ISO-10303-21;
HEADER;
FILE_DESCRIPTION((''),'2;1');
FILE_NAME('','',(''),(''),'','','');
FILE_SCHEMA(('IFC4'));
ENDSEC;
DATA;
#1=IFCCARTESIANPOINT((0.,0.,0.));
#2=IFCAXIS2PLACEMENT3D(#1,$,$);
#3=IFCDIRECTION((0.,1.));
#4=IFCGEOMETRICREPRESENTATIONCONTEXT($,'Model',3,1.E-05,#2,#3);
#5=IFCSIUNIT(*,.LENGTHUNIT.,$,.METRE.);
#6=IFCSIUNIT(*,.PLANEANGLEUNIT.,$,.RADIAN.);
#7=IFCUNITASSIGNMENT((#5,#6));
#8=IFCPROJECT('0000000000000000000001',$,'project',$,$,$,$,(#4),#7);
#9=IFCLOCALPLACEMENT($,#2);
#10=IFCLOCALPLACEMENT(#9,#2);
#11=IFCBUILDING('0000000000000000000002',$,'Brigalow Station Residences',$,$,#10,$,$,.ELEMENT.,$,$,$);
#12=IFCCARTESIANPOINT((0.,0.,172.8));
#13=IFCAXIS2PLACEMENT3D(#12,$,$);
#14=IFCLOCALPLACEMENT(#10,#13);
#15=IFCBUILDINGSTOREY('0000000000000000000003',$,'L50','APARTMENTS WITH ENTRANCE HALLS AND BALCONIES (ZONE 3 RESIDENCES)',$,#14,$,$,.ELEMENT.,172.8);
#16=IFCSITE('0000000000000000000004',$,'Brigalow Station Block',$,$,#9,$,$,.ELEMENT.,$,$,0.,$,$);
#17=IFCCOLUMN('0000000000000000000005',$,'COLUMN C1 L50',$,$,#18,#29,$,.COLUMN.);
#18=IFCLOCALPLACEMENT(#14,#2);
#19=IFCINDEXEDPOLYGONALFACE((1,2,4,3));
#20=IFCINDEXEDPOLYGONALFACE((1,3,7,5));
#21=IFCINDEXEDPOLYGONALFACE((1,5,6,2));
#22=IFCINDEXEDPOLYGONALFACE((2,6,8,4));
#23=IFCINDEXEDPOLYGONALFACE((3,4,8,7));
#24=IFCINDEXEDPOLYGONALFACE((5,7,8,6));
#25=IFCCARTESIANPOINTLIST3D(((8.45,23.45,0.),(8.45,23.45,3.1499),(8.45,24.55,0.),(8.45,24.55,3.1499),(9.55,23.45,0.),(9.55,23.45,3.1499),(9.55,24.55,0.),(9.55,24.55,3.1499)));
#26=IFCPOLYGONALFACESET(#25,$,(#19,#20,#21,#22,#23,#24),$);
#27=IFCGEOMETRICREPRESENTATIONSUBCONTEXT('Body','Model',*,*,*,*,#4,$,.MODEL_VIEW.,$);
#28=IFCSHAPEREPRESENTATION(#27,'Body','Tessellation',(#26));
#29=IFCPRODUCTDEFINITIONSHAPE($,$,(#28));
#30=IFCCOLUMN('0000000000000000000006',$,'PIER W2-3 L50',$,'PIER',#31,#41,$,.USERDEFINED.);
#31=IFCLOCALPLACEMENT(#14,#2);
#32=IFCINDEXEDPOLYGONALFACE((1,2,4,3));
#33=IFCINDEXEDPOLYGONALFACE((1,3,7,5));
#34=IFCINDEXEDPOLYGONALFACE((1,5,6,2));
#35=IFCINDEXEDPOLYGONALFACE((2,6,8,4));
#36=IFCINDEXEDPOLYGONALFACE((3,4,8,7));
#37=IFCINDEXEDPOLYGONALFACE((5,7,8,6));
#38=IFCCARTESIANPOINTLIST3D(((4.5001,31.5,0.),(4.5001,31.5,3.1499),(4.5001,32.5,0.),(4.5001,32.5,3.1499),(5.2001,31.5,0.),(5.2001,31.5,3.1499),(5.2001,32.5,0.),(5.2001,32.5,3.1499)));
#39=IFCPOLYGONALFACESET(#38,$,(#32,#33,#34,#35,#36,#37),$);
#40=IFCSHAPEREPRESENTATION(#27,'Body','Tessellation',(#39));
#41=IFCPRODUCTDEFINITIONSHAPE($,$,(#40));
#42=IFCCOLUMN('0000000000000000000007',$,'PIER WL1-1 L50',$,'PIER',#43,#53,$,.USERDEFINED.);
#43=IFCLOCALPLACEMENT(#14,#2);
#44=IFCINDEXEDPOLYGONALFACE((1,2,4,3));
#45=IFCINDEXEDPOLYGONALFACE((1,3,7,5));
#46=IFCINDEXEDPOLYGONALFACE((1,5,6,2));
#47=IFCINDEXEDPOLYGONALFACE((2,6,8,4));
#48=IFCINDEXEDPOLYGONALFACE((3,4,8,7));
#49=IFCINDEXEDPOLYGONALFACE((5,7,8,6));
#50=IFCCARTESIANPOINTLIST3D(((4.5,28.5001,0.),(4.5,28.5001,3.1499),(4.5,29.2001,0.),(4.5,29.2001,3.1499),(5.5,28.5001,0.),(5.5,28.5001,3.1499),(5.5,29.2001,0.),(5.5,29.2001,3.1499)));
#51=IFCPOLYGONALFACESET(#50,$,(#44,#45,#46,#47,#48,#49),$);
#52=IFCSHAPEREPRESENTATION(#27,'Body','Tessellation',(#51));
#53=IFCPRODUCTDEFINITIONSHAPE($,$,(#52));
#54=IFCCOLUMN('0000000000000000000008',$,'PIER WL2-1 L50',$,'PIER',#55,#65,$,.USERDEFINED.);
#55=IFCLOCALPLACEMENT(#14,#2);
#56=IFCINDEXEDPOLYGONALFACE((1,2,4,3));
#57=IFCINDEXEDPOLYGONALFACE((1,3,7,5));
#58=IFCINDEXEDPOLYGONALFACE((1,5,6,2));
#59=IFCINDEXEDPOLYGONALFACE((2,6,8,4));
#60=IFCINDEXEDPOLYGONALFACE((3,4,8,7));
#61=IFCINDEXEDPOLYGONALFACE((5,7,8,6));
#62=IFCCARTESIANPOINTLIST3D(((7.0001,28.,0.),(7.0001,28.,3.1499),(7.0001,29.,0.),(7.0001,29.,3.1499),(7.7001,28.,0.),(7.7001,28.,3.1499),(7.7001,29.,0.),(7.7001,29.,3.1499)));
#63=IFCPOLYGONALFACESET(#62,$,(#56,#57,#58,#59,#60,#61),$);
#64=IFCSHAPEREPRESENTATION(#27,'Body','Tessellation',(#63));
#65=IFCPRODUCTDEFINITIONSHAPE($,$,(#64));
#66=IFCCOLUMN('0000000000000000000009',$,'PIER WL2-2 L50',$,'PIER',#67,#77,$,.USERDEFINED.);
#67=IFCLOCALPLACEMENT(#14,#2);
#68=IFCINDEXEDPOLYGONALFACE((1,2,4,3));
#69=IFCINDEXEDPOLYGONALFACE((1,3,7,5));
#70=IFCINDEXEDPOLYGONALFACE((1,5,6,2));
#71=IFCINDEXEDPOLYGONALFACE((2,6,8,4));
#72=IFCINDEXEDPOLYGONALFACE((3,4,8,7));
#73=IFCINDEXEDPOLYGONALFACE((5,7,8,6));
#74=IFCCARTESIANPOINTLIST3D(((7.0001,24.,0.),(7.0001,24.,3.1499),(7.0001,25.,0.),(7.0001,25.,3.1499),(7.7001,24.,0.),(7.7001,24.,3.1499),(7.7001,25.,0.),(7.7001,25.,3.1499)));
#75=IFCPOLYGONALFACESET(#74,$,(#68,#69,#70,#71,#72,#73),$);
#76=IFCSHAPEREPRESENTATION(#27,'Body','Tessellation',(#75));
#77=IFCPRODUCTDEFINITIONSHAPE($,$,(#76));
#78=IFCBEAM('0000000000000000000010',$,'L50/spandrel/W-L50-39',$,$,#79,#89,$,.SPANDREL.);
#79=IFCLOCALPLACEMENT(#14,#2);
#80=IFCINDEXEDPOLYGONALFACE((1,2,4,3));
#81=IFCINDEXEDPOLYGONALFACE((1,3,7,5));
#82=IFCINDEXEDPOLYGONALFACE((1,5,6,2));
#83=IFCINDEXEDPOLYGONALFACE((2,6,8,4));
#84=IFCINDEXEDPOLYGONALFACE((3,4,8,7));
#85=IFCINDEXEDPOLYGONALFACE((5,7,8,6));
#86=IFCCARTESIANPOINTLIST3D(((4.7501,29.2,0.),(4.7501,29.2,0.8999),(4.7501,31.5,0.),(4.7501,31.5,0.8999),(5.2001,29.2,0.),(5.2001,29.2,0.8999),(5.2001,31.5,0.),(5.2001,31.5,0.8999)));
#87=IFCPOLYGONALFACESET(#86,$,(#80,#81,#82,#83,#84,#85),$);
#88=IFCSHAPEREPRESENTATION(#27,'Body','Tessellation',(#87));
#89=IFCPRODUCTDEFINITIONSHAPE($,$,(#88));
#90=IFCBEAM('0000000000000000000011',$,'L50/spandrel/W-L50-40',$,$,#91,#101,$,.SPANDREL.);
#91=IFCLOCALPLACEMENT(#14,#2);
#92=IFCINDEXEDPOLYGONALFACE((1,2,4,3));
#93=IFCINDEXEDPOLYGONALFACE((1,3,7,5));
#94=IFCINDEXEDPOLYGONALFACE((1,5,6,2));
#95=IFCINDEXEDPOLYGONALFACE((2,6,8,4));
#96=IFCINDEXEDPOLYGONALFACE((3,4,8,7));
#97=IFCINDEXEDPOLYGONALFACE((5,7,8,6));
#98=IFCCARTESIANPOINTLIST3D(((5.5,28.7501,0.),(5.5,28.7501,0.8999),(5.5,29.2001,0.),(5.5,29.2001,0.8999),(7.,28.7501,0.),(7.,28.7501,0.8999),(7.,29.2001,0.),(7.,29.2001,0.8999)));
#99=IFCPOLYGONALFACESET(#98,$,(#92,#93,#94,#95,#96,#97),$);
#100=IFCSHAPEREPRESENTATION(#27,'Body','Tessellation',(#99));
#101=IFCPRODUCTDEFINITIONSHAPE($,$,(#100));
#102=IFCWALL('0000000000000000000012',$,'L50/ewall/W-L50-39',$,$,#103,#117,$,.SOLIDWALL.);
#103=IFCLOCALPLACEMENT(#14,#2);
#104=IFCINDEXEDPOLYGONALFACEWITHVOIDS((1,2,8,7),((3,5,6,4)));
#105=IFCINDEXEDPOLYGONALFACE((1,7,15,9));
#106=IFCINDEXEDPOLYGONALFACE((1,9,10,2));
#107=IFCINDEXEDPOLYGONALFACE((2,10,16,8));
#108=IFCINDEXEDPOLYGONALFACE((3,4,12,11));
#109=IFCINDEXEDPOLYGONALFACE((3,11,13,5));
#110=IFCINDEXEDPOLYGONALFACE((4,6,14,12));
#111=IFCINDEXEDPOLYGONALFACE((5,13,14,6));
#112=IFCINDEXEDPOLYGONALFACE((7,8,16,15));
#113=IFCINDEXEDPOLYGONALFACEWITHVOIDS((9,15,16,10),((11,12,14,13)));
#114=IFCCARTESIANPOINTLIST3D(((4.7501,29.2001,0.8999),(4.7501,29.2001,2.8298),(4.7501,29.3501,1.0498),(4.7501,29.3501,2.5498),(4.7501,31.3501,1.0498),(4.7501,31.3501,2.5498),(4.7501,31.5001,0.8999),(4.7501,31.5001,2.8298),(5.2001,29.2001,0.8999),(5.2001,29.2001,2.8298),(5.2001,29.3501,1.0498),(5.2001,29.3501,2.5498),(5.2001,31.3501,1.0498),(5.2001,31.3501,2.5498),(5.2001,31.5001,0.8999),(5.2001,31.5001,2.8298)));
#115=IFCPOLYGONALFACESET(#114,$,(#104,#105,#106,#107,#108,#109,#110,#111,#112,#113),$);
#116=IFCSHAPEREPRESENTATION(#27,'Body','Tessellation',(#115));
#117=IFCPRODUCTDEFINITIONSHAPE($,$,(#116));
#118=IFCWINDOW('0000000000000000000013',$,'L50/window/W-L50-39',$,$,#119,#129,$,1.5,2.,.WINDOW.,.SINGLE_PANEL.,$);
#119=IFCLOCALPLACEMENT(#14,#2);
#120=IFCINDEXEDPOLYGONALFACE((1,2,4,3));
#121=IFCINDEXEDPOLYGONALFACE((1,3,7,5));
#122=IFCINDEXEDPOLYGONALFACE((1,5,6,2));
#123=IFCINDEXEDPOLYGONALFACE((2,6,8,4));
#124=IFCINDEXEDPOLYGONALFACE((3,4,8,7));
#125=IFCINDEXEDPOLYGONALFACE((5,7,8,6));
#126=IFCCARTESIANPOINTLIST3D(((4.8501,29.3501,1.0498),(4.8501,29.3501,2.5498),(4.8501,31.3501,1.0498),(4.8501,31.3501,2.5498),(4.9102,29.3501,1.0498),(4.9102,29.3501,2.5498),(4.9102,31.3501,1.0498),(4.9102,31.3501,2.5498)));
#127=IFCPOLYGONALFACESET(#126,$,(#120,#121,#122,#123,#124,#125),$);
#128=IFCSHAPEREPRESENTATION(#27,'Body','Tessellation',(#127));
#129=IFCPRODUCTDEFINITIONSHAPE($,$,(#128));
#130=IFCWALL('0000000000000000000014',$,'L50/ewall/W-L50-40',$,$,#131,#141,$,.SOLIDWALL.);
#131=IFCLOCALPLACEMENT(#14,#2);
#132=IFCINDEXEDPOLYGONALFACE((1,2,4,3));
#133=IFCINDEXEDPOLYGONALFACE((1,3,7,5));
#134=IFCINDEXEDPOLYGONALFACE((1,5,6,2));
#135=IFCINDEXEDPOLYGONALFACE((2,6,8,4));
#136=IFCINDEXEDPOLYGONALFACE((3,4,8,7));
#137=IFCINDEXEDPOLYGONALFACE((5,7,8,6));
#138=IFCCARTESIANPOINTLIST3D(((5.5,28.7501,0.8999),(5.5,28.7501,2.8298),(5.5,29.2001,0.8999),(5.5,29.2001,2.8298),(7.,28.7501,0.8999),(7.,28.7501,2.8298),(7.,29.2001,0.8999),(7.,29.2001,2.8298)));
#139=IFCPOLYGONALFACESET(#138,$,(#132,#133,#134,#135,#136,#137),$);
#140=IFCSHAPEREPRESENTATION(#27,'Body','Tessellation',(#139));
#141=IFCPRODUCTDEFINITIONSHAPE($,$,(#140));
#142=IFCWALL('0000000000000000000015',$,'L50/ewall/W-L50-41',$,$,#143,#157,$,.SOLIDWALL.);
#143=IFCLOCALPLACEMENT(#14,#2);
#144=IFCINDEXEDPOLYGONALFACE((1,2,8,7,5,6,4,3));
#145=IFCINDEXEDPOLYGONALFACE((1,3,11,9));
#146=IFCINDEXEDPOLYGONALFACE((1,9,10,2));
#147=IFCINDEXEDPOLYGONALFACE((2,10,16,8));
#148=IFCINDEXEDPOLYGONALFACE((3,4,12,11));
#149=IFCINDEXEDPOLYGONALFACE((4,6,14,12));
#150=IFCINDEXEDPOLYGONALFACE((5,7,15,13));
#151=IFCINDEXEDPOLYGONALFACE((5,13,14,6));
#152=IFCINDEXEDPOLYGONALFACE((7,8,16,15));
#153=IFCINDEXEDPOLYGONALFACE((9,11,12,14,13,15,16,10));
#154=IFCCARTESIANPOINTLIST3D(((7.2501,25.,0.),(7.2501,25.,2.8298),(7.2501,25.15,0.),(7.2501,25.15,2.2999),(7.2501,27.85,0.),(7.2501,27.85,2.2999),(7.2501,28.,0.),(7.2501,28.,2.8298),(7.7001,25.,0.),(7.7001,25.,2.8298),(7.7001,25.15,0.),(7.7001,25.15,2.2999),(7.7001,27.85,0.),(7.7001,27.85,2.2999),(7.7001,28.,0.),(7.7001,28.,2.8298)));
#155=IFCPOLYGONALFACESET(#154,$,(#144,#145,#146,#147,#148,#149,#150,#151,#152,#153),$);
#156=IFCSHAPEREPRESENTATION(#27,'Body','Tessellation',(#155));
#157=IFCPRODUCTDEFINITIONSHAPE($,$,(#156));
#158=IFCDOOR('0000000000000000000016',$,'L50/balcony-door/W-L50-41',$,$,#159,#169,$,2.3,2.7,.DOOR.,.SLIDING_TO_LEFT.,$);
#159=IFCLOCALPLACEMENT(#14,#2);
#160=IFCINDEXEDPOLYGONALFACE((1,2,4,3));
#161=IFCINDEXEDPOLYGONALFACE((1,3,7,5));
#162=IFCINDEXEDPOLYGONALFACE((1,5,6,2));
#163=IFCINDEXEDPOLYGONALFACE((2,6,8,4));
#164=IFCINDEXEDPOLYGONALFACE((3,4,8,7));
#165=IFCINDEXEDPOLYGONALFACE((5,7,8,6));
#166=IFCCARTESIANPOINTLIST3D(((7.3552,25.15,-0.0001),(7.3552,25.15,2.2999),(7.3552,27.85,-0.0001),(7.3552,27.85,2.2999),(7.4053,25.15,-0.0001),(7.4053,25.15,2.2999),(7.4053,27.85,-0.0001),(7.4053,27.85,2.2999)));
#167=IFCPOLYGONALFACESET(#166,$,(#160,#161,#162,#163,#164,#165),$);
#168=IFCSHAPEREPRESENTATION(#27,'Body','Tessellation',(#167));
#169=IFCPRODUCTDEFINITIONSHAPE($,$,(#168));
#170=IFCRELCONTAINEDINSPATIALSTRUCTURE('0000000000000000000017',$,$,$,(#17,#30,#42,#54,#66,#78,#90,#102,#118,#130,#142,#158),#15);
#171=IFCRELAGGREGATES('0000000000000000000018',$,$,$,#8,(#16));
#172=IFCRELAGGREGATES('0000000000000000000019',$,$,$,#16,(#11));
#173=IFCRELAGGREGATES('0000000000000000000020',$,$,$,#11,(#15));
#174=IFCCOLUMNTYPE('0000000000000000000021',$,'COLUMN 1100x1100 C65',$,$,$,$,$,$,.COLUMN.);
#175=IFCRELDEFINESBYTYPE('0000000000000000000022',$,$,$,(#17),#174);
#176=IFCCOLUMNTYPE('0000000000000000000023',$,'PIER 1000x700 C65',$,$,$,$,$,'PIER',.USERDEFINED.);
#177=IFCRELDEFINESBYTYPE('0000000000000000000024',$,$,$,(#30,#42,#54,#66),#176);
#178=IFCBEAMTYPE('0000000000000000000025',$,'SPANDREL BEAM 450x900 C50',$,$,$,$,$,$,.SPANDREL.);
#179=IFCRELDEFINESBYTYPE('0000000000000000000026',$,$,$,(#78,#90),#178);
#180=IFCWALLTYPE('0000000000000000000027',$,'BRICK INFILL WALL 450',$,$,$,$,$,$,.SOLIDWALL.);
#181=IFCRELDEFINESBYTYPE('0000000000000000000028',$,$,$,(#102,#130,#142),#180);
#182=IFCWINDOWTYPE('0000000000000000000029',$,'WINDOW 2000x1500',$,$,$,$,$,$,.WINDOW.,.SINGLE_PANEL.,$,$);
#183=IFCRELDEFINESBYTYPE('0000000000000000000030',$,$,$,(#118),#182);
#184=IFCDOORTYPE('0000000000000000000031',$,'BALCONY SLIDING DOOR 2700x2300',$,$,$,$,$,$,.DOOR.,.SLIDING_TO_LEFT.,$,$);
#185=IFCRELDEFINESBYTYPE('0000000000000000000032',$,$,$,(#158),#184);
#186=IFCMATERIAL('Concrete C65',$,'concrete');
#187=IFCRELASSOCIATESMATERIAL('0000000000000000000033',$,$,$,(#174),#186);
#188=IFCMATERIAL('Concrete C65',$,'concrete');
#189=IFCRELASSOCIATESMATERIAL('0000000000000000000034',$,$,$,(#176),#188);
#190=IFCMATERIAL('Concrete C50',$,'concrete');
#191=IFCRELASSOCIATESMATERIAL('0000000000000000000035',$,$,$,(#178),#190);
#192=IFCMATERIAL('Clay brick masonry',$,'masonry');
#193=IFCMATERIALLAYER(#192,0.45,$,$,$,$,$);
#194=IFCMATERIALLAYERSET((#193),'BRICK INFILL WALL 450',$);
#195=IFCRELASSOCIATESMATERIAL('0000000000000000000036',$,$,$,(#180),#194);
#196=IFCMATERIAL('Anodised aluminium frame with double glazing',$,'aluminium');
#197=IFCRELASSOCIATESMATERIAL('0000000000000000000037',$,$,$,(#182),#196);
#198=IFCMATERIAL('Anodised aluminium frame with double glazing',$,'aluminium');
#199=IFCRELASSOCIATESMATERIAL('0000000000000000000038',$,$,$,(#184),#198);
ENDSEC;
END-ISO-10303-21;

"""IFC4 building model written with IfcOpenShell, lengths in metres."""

from ifc_helpers import new_model, si_unit, direction, frame, frame_2d, origin, origin_2d, place, context, subcontext, project, spatial, rectangle, extrude, material, layer, layer_set, material_profile, profile_set, type_object, element, fill, save


model = new_model("IFC4")

# Units and contexts
model_context = context("Model", 3, precision=1e-05, world=origin(), true_north=direction((0.0, 1.0)))
body_context = subcontext(model_context, "Body", "Model", "MODEL_VIEW")
ifc_project = project(units=[si_unit("LENGTHUNIT", "METRE"), si_unit("PLANEANGLEUNIT", "RADIAN")], contexts=[model_context])

# Site, building, storey
site_placement = place(None, origin())
site = spatial("IfcSite", under=ifc_project, at=site_placement, Name="Brigalow Station Block", CompositionType="ELEMENT", RefElevation=0.0)
building_placement = place(site_placement, origin())
building = spatial("IfcBuilding", under=site, at=building_placement, Name="Brigalow Station Residences", CompositionType="ELEMENT")
storey_placement = place(building_placement, frame((0.0, 0.0, 172.8)))
storey = spatial("IfcBuildingStorey", under=building, at=storey_placement, Name="L50", Description="APARTMENTS WITH ENTRANCE HALLS AND BALCONIES (ZONE 3 RESIDENCES)", CompositionType="ELEMENT", Elevation=172.8)

# Columns
ifc_material_1 = material(Name="Concrete C65", Category="concrete")
ifc_material_profile_1 = material_profile(ifc_material_1, rectangle(XDim=1.1001, YDim=1.1001, at=origin_2d()), Name="RC1100x1100")
ifc_profile_set_1 = profile_set([ifc_material_profile_1], Name="Concrete C65")
column_type_1 = type_object("IfcColumnType", Name="COLUMN 1100x1100 C65", PredefinedType="COLUMN", material=ifc_profile_set_1)
column_placement = place(storey_placement, frame((9.0, 24.0, 0.0), z_axis=(0.0, 0.0, 1.0), x_axis=(1.0, 0.0, 0.0)))
element("IfcColumn", 1, at=column_placement, inside=storey, type_object=column_type_1, Name="COLUMN C1 L50", PredefinedType="COLUMN", context=body_context, shape_type="SweptSolid", body=[
    extrude(rectangle(XDim=1.1001, YDim=1.1001, at=origin_2d()), origin(), (0.0, 0.0, 1.0), 3.1499),
])
ifc_material_2 = material(Name="Concrete C65", Category="concrete")
ifc_material_profile_2 = material_profile(ifc_material_2, rectangle(XDim=1.0, YDim=0.7, at=origin_2d()), Name="RC1000x700")
ifc_profile_set_2 = profile_set([ifc_material_profile_2], Name="Concrete C65")
column_type_2 = type_object("IfcColumnType", Name="PIER 1000x700 C65", ElementType="PIER", PredefinedType="USERDEFINED", material=ifc_profile_set_2)
for number, where, z_axis, x_axis, name in (
    (2, (4.8501, 32.0, 0.0), (0.0, 0.0, 1.0), (0.0, -1.0, 0.0), "PIER W2-3 L50"),
    (3, (5.0, 28.8501, 0.0), (0.0, 0.0, 1.0), (1.0, 0.0, 0.0), "PIER WL1-1 L50"),
    (4, (7.3501, 28.5, 0.0), (0.0, 0.0, 1.0), (0.0, -1.0, 0.0), "PIER WL2-1 L50"),
    (5, (7.3501, 24.5, 0.0), (0.0, 0.0, 1.0), (0.0, -1.0, 0.0), "PIER WL2-2 L50"),
):
    element("IfcColumn", number, at=place(storey_placement, frame(where, z_axis=z_axis, x_axis=x_axis)), inside=storey, type_object=column_type_2, Name=name, ObjectType="PIER", PredefinedType="USERDEFINED", context=body_context, shape_type="SweptSolid", body=[
        extrude(rectangle(XDim=1.0, YDim=0.7, at=origin_2d()), origin(), (0.0, 0.0, 1.0), 3.1499),
    ])

# Beams
ifc_material_3 = material(Name="Concrete C50", Category="concrete")
ifc_material_profile_3 = material_profile(ifc_material_3, rectangle(XDim=0.45, YDim=0.8999, at=origin_2d()), Name="RC450x900")
ifc_profile_set_3 = profile_set([ifc_material_profile_3], Name="Concrete C50")
beam_type = type_object("IfcBeamType", Name="SPANDREL BEAM 450x900 C50", PredefinedType="SPANDREL", material=ifc_profile_set_3)
beam_1_placement = place(storey_placement, frame((4.9751, 31.5, 0.45), z_axis=(0.0, -1.0, 0.0), x_axis=(1.0, 0.0, 0.0)))
element("IfcBeam", 6, at=beam_1_placement, inside=storey, type_object=beam_type, Name="L50/spandrel/W-L50-39", PredefinedType="SPANDREL", context=body_context, shape_type="SweptSolid", body=[
    extrude(rectangle(XDim=0.45, YDim=0.8999, at=origin_2d()), origin(), (0.0, 0.0, 1.0), 2.3),
])
beam_2_placement = place(storey_placement, frame((5.5, 28.9751, 0.45), z_axis=(1.0, 0.0, 0.0), x_axis=(0.0, 1.0, 0.0)))
element("IfcBeam", 7, at=beam_2_placement, inside=storey, type_object=beam_type, Name="L50/spandrel/W-L50-40", PredefinedType="SPANDREL", context=body_context, shape_type="SweptSolid", body=[
    extrude(rectangle(XDim=0.45, YDim=0.8999, at=origin_2d()), origin(), (0.0, 0.0, 1.0), 1.5),
])

# Wall, opening, window
ifc_material_4 = material(Name="Clay brick masonry", Category="masonry")
ifc_layer_1 = layer(ifc_material_4, 0.45)
ifc_layer_set_1 = layer_set([ifc_layer_1], Name="BRICK INFILL WALL 450")
wall_type_1 = type_object("IfcWallType", Name="BRICK INFILL WALL 450", PredefinedType="SOLIDWALL", material=ifc_layer_set_1)
wall_1_placement = place(storey_placement, frame((4.9751, 31.5, 0.8999), z_axis=(0.0, 0.0, 1.0), x_axis=(0.0, -1.0, 0.0)))
wall_1 = element("IfcWall", 8, at=wall_1_placement, inside=storey, type_object=wall_type_1, Name="L50/ewall/W-L50-39", PredefinedType="SOLIDWALL", context=body_context, shape_type="SweptSolid", body=[
    extrude(rectangle(XDim=2.3, YDim=0.45, at=frame_2d((1.1499, 0.0))), origin(), (0.0, 0.0, 1.0), 1.9299),
])
opening_1_placement = place(wall_1_placement, frame((0.1499, 0.0, 0.1499)))
opening_1 = element("IfcOpeningElement", 9, at=opening_1_placement, cuts=wall_1, PredefinedType="OPENING", context=body_context, shape_type="SweptSolid", body=[
    extrude(rectangle(XDim=2.0, YDim=1.5, at=frame_2d((1.0, 0.75))), frame((0.0, 0.2349, 0.0), z_axis=(0.0, -1.0, 0.0), x_axis=(1.0, 0.0, 0.0)), (0.0, 0.0, 1.0), 0.47),
])
ifc_material_5 = material(Name="Anodised aluminium frame with double glazing", Category="aluminium")
window_type = type_object("IfcWindowType", Name="WINDOW 2000x1500", PartitioningType="SINGLE_PANEL", PredefinedType="WINDOW", material=ifc_material_5)
window_placement = place(opening_1_placement, origin())
window = element("IfcWindow", 10, at=window_placement, inside=storey, type_object=window_type, Name="L50/window/W-L50-39", OverallHeight=1.5, OverallWidth=2.0, PartitioningType="SINGLE_PANEL", PredefinedType="WINDOW", context=body_context, shape_type="SweptSolid", body=[
    extrude(rectangle(XDim=2.0, YDim=1.5, at=frame_2d((1.0, 0.75))), frame((0.0, -0.0649, 0.0), z_axis=(0.0, -1.0, 0.0), x_axis=(1.0, 0.0, 0.0)), (0.0, 0.0, 1.0), 0.0601),
])
fill(opening_1, window)

# Wall
wall_2_placement = place(storey_placement, frame((5.5, 28.9751, 0.8999), z_axis=(0.0, 0.0, 1.0), x_axis=(1.0, 0.0, 0.0)))
element("IfcWall", 11, at=wall_2_placement, inside=storey, type_object=wall_type_1, Name="L50/ewall/W-L50-40", PredefinedType="SOLIDWALL", context=body_context, shape_type="SweptSolid", body=[
    extrude(rectangle(XDim=1.5, YDim=0.45, at=frame_2d((0.75, 0.0))), origin(), (0.0, 0.0, 1.0), 1.9299),
])

# Wall, opening, door
wall_3_placement = place(storey_placement, frame((7.4751, 28.0, 0.0), z_axis=(0.0, 0.0, 1.0), x_axis=(0.0, -1.0, 0.0)))
wall_3 = element("IfcWall", 12, at=wall_3_placement, inside=storey, type_object=wall_type_1, Name="L50/ewall/W-L50-41", PredefinedType="SOLIDWALL", context=body_context, shape_type="SweptSolid", body=[
    extrude(rectangle(XDim=3.0, YDim=0.45, at=frame_2d((1.5, 0.0))), origin(), (0.0, 0.0, 1.0), 2.8298),
])
opening_2_placement = place(wall_3_placement, frame((0.1499, 0.0, 0.0)))
opening_2 = element("IfcOpeningElement", 13, at=opening_2_placement, cuts=wall_3, PredefinedType="OPENING", context=body_context, shape_type="SweptSolid", body=[
    extrude(rectangle(XDim=2.7, YDim=2.3, at=frame_2d((1.3501, 1.1499))), frame((0.0, 0.2349, 0.0), z_axis=(0.0, -1.0, 0.0), x_axis=(1.0, 0.0, 0.0)), (0.0, 0.0, 1.0), 0.47),
])
ifc_material_6 = material(Name="Anodised aluminium frame with double glazing", Category="aluminium")
door_type_1 = type_object("IfcDoorType", Name="BALCONY SLIDING DOOR 2700x2300", OperationType="SLIDING_TO_LEFT", PredefinedType="DOOR", material=ifc_material_6)
door_1_placement = place(opening_2_placement, origin())
door_1 = element("IfcDoor", 14, at=door_1_placement, inside=storey, type_object=door_type_1, Name="L50/balcony-door/W-L50-41", OperationType="SLIDING_TO_LEFT", OverallHeight=2.3, OverallWidth=2.7, PredefinedType="DOOR", context=body_context, shape_type="SweptSolid", body=[
    extrude(rectangle(XDim=2.7, YDim=2.3, at=frame_2d((1.3501, 1.1499))), frame((0.0, -0.0698, 0.0), z_axis=(0.0, -1.0, 0.0), x_axis=(1.0, 0.0, 0.0)), (0.0, 0.0, 1.0), 0.05),
])
fill(opening_2, door_1)

save(model, "model.ifc")
